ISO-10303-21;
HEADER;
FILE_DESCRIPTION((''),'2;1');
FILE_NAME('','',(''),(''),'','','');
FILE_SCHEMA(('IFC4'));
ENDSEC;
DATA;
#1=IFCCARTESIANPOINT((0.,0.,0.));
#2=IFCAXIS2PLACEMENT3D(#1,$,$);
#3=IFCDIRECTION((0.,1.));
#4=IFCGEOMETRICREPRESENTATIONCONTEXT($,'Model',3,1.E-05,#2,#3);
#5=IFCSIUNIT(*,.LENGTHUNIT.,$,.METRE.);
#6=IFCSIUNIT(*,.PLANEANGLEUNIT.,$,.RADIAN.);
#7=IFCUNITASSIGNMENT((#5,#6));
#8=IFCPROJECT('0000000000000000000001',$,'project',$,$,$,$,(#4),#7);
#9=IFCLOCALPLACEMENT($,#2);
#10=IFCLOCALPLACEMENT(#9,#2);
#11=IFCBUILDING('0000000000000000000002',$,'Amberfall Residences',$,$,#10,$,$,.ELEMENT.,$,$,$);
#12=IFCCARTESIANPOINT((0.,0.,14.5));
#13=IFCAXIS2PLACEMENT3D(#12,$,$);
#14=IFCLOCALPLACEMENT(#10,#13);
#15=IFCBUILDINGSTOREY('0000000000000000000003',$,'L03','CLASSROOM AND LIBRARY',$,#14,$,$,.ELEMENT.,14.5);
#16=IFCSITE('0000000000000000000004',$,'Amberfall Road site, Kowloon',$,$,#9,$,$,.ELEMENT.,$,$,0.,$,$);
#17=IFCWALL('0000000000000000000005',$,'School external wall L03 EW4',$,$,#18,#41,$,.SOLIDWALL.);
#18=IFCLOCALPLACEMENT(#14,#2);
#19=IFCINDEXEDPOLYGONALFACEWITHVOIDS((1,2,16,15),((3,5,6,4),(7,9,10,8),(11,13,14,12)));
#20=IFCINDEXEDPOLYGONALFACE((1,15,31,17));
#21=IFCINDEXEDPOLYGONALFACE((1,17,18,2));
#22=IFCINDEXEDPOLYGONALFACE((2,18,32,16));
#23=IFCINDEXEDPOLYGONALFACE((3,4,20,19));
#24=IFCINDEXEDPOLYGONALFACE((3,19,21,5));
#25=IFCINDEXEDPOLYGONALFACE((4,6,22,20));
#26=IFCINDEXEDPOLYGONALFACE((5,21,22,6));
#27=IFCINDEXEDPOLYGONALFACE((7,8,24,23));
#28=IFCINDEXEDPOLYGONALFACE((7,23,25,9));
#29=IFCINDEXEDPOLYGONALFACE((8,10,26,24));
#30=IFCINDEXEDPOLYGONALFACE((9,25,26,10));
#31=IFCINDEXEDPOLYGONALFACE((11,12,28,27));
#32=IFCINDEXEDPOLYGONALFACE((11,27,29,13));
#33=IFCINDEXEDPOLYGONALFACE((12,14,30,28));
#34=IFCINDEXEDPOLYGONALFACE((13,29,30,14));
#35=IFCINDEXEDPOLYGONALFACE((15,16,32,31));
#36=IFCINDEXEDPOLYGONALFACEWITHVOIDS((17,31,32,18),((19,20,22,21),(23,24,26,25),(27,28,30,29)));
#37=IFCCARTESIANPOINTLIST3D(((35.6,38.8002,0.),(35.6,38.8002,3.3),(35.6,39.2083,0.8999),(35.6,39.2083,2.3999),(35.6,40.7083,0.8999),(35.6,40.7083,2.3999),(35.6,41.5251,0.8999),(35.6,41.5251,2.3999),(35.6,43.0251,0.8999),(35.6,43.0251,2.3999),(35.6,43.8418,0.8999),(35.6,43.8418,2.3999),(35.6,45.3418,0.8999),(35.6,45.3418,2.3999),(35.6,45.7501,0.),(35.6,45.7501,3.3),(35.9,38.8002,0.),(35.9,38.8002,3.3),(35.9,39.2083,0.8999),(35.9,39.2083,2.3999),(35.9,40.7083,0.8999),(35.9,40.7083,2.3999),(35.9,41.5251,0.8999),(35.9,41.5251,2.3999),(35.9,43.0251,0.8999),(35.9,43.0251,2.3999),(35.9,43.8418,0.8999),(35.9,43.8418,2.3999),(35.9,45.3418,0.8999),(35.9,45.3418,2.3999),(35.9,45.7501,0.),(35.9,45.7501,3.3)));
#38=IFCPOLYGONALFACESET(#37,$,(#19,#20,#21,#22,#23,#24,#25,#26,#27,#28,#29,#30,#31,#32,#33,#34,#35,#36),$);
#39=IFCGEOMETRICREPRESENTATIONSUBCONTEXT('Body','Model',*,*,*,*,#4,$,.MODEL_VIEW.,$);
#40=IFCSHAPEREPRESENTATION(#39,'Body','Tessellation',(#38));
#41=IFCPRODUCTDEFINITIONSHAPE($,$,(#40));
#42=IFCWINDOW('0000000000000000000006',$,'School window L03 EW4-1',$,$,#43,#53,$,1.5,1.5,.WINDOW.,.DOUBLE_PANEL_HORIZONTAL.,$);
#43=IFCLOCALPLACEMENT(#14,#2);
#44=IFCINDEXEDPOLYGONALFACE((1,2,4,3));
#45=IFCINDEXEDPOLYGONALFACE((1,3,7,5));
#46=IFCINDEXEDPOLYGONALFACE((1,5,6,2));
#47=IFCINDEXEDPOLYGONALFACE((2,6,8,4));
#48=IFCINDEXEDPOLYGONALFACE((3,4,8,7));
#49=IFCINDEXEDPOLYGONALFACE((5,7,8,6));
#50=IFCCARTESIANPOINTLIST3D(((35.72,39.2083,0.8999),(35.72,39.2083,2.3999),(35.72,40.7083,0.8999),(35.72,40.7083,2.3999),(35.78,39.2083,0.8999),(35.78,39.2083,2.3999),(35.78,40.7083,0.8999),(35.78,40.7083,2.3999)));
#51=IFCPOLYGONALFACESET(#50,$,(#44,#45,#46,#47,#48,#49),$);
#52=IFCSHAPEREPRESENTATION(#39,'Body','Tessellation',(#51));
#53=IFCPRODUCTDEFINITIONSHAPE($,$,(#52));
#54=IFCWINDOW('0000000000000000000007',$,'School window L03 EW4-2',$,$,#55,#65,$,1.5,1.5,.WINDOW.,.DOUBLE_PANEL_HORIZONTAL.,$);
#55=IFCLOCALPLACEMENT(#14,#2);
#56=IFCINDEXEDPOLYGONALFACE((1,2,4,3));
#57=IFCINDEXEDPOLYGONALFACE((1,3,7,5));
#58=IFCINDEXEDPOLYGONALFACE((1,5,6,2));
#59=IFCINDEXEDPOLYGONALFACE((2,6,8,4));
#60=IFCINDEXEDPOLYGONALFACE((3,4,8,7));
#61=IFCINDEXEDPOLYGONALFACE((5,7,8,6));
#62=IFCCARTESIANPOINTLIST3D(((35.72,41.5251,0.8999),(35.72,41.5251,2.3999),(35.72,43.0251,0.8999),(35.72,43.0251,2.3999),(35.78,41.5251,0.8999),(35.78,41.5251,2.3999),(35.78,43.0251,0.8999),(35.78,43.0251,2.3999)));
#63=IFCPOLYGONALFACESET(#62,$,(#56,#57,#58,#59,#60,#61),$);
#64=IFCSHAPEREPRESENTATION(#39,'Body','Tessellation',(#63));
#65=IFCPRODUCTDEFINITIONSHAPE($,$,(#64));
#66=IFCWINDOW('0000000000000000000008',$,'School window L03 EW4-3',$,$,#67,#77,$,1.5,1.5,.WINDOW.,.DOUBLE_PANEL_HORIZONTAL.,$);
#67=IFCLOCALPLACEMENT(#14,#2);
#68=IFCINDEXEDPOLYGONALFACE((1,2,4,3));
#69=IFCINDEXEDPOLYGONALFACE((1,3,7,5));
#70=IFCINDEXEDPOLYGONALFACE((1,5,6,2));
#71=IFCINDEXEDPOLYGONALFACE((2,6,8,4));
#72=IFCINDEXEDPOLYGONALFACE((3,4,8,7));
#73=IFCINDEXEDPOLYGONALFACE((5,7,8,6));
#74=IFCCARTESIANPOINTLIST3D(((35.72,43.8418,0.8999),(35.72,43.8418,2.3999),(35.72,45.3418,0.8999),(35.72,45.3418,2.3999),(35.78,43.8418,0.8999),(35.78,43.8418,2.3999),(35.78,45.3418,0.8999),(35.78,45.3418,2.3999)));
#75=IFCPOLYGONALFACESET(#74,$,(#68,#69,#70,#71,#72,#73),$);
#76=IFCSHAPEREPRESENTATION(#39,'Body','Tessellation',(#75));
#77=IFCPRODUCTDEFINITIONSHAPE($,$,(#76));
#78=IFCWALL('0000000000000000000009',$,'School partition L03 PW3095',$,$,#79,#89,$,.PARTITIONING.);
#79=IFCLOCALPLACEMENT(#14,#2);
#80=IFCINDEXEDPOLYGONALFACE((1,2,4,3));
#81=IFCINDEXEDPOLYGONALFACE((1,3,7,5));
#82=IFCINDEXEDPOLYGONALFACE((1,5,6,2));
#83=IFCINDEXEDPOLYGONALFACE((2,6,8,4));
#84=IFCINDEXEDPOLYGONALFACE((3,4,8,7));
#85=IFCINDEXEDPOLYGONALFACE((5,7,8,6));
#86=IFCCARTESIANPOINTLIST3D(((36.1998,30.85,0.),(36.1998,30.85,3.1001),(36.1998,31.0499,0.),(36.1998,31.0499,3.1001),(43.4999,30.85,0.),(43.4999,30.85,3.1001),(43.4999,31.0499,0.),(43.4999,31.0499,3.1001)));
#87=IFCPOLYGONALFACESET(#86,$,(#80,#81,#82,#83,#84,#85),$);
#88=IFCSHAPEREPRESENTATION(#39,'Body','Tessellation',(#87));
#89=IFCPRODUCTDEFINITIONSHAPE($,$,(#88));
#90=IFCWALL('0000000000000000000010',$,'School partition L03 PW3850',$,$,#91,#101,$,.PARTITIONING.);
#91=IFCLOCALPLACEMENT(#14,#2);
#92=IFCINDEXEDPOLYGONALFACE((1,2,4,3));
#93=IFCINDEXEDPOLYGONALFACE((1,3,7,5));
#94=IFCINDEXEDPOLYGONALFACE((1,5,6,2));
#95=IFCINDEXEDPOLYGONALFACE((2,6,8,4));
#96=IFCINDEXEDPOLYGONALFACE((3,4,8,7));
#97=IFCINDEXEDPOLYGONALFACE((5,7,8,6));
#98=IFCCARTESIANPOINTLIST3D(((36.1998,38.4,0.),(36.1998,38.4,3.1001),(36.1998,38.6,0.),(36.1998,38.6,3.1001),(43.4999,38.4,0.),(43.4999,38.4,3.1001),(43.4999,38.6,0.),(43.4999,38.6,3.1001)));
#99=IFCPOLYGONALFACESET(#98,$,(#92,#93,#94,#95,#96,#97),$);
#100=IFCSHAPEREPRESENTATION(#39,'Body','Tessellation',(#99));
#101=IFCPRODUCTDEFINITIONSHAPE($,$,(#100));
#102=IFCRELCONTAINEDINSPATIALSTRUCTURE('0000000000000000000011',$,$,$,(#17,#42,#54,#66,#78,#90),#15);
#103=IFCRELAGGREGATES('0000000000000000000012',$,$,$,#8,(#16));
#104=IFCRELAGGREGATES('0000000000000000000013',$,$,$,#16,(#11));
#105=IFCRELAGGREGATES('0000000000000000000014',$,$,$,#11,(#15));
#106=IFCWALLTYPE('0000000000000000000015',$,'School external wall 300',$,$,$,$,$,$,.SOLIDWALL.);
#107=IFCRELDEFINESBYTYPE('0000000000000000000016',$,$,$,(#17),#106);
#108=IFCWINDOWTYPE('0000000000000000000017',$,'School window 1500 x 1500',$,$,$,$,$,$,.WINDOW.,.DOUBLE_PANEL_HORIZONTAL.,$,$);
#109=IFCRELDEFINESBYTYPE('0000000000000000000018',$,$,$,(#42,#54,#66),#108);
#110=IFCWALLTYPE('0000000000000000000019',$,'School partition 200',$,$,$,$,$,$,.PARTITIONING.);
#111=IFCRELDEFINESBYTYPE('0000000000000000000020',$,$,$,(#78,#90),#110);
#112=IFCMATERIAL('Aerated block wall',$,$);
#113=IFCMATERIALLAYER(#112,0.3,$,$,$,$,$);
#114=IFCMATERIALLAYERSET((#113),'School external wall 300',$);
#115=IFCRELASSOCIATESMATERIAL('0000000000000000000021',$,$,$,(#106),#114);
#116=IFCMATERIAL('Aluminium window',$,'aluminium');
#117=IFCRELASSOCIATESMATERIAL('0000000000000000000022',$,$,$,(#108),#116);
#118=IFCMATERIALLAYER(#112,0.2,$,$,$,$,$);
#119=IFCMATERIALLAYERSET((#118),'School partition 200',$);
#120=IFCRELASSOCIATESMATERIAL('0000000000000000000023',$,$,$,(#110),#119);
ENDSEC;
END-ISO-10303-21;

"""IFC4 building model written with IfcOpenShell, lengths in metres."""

from ifc_helpers import new_model, si_unit, direction, frame, frame_2d, origin, place, context, subcontext, project, spatial, rectangle, extrude, material, layer, layer_set, type_object, element, fill, save


model = new_model("IFC4")

# Units and contexts
model_context = context("Model", 3, precision=1e-05, world=origin(), true_north=direction((0.0, 1.0)))
body_context = subcontext(model_context, "Body", "Model", "MODEL_VIEW")
ifc_project = project(units=[si_unit("LENGTHUNIT", "METRE"), si_unit("PLANEANGLEUNIT", "RADIAN")], contexts=[model_context])

# Site, building, storey
site_placement = place(None, origin())
site = spatial("IfcSite", under=ifc_project, at=site_placement, Name="Amberfall Road site, Kowloon", CompositionType="ELEMENT", RefElevation=0.0)
building_placement = place(site_placement, origin())
building = spatial("IfcBuilding", under=site, at=building_placement, Name="Amberfall Residences", CompositionType="ELEMENT")
storey_placement = place(building_placement, frame((0.0, 0.0, 14.5)))
storey = spatial("IfcBuildingStorey", under=building, at=storey_placement, Name="L03", Description="CLASSROOM AND LIBRARY", CompositionType="ELEMENT", Elevation=14.5)

# Wall, openings, windows
ifc_material_1 = material(Name="Aerated block wall")
ifc_layer_1 = layer(ifc_material_1, 0.3)
ifc_layer_set_1 = layer_set([ifc_layer_1], Name="School external wall 300")
wall_type_1 = type_object("IfcWallType", Name="School external wall 300", PredefinedType="SOLIDWALL", material=ifc_layer_set_1)
ifc_material_2 = material(Name="Aluminium window", Category="aluminium")
window_type = type_object("IfcWindowType", Name="School window 1500 x 1500", PartitioningType="DOUBLE_PANEL_HORIZONTAL", PredefinedType="WINDOW", material=ifc_material_2)
wall_1_placement = place(storey_placement, frame((35.75, 38.8, 0.0), z_axis=(0.0, 0.0, 1.0), x_axis=(0.0, 1.0, 0.0)))
wall_1 = element("IfcWall", 1, at=wall_1_placement, inside=storey, type_object=wall_type_1, Name="School external wall L03 EW4", PredefinedType="SOLIDWALL", context=body_context, shape_type="SweptSolid", body=[
    extrude(rectangle(XDim=6.95, YDim=0.3, at=frame_2d((3.4751, 0.0))), origin(), (0.0, 0.0, 1.0), 3.3),
])
opening_1_placement = place(wall_1_placement, frame((0.4082, 0.0, 0.8999)))
opening_1 = element("IfcOpeningElement", 2, at=opening_1_placement, cuts=wall_1, PredefinedType="OPENING", context=body_context, shape_type="SweptSolid", body=[
    extrude(rectangle(XDim=1.5, YDim=1.5, at=frame_2d((0.75, 0.75))), frame((0.0, 0.1599, 0.0), z_axis=(0.0, -1.0, 0.0), x_axis=(1.0, 0.0, 0.0)), (0.0, 0.0, 1.0), 0.3201),
])
opening_2_placement = place(wall_1_placement, frame((2.7251, 0.0, 0.8999)))
opening_2 = element("IfcOpeningElement", 3, at=opening_2_placement, cuts=wall_1, PredefinedType="OPENING", context=body_context, shape_type="SweptSolid", body=[
    extrude(rectangle(XDim=1.5, YDim=1.5, at=frame_2d((0.75, 0.75))), frame((0.0, 0.1599, 0.0), z_axis=(0.0, -1.0, 0.0), x_axis=(1.0, 0.0, 0.0)), (0.0, 0.0, 1.0), 0.3201),
])
opening_3_placement = place(wall_1_placement, frame((5.0417, 0.0, 0.8999)))
opening_3 = element("IfcOpeningElement", 4, at=opening_3_placement, cuts=wall_1, PredefinedType="OPENING", context=body_context, shape_type="SweptSolid", body=[
    extrude(rectangle(XDim=1.5, YDim=1.5, at=frame_2d((0.75, 0.75))), frame((0.0, 0.1599, 0.0), z_axis=(0.0, -1.0, 0.0), x_axis=(1.0, 0.0, 0.0)), (0.0, 0.0, 1.0), 0.3201),
])
window_1_placement = place(opening_1_placement, origin())
window_1 = element("IfcWindow", 5, at=window_1_placement, inside=storey, type_object=window_type, Name="School window L03 EW4-1", OverallHeight=1.5, OverallWidth=1.5, PartitioningType="DOUBLE_PANEL_HORIZONTAL", PredefinedType="WINDOW", context=body_context, shape_type="SweptSolid", body=[
    extrude(rectangle(XDim=1.5, YDim=1.5, at=frame_2d((0.75, 0.75))), frame((0.0, 0.03, 0.0), z_axis=(0.0, -1.0, 0.0), x_axis=(1.0, 0.0, 0.0)), (0.0, 0.0, 1.0), 0.0601),
])
fill(opening_1, window_1)
window_2_placement = place(opening_2_placement, origin())
window_2 = element("IfcWindow", 6, at=window_2_placement, inside=storey, type_object=window_type, Name="School window L03 EW4-2", OverallHeight=1.5, OverallWidth=1.5, PartitioningType="DOUBLE_PANEL_HORIZONTAL", PredefinedType="WINDOW", context=body_context, shape_type="SweptSolid", body=[
    extrude(rectangle(XDim=1.5, YDim=1.5, at=frame_2d((0.75, 0.75))), frame((0.0, 0.03, 0.0), z_axis=(0.0, -1.0, 0.0), x_axis=(1.0, 0.0, 0.0)), (0.0, 0.0, 1.0), 0.0601),
])
fill(opening_2, window_2)
window_3_placement = place(opening_3_placement, origin())
window_3 = element("IfcWindow", 7, at=window_3_placement, inside=storey, type_object=window_type, Name="School window L03 EW4-3", OverallHeight=1.5, OverallWidth=1.5, PartitioningType="DOUBLE_PANEL_HORIZONTAL", PredefinedType="WINDOW", context=body_context, shape_type="SweptSolid", body=[
    extrude(rectangle(XDim=1.5, YDim=1.5, at=frame_2d((0.75, 0.75))), frame((0.0, 0.03, 0.0), z_axis=(0.0, -1.0, 0.0), x_axis=(1.0, 0.0, 0.0)), (0.0, 0.0, 1.0), 0.0601),
])
fill(opening_3, window_3)

# Walls
ifc_layer_2 = layer(ifc_material_1, 0.2)
ifc_layer_set_2 = layer_set([ifc_layer_2], Name="School partition 200")
wall_type_2 = type_object("IfcWallType", Name="School partition 200", PredefinedType="PARTITIONING", material=ifc_layer_set_2)
for number, where, z_axis, x_axis, name in (
    (8, (36.2, 30.95, 0.0), (0.0, 0.0, 1.0), (1.0, 0.0, 0.0), "School partition L03 PW3095"),
    (9, (36.2, 38.5, 0.0), (0.0, 0.0, 1.0), (1.0, 0.0, 0.0), "School partition L03 PW3850"),
):
    element("IfcWall", number, at=place(storey_placement, frame(where, z_axis=z_axis, x_axis=x_axis)), inside=storey, type_object=wall_type_2, Name=name, PredefinedType="PARTITIONING", context=body_context, shape_type="SweptSolid", body=[
        extrude(rectangle(XDim=7.3, YDim=0.2, at=frame_2d((3.6499, 0.0))), origin(), (0.0, 0.0, 1.0), 3.1001),
    ])

save(model, "model.ifc")
